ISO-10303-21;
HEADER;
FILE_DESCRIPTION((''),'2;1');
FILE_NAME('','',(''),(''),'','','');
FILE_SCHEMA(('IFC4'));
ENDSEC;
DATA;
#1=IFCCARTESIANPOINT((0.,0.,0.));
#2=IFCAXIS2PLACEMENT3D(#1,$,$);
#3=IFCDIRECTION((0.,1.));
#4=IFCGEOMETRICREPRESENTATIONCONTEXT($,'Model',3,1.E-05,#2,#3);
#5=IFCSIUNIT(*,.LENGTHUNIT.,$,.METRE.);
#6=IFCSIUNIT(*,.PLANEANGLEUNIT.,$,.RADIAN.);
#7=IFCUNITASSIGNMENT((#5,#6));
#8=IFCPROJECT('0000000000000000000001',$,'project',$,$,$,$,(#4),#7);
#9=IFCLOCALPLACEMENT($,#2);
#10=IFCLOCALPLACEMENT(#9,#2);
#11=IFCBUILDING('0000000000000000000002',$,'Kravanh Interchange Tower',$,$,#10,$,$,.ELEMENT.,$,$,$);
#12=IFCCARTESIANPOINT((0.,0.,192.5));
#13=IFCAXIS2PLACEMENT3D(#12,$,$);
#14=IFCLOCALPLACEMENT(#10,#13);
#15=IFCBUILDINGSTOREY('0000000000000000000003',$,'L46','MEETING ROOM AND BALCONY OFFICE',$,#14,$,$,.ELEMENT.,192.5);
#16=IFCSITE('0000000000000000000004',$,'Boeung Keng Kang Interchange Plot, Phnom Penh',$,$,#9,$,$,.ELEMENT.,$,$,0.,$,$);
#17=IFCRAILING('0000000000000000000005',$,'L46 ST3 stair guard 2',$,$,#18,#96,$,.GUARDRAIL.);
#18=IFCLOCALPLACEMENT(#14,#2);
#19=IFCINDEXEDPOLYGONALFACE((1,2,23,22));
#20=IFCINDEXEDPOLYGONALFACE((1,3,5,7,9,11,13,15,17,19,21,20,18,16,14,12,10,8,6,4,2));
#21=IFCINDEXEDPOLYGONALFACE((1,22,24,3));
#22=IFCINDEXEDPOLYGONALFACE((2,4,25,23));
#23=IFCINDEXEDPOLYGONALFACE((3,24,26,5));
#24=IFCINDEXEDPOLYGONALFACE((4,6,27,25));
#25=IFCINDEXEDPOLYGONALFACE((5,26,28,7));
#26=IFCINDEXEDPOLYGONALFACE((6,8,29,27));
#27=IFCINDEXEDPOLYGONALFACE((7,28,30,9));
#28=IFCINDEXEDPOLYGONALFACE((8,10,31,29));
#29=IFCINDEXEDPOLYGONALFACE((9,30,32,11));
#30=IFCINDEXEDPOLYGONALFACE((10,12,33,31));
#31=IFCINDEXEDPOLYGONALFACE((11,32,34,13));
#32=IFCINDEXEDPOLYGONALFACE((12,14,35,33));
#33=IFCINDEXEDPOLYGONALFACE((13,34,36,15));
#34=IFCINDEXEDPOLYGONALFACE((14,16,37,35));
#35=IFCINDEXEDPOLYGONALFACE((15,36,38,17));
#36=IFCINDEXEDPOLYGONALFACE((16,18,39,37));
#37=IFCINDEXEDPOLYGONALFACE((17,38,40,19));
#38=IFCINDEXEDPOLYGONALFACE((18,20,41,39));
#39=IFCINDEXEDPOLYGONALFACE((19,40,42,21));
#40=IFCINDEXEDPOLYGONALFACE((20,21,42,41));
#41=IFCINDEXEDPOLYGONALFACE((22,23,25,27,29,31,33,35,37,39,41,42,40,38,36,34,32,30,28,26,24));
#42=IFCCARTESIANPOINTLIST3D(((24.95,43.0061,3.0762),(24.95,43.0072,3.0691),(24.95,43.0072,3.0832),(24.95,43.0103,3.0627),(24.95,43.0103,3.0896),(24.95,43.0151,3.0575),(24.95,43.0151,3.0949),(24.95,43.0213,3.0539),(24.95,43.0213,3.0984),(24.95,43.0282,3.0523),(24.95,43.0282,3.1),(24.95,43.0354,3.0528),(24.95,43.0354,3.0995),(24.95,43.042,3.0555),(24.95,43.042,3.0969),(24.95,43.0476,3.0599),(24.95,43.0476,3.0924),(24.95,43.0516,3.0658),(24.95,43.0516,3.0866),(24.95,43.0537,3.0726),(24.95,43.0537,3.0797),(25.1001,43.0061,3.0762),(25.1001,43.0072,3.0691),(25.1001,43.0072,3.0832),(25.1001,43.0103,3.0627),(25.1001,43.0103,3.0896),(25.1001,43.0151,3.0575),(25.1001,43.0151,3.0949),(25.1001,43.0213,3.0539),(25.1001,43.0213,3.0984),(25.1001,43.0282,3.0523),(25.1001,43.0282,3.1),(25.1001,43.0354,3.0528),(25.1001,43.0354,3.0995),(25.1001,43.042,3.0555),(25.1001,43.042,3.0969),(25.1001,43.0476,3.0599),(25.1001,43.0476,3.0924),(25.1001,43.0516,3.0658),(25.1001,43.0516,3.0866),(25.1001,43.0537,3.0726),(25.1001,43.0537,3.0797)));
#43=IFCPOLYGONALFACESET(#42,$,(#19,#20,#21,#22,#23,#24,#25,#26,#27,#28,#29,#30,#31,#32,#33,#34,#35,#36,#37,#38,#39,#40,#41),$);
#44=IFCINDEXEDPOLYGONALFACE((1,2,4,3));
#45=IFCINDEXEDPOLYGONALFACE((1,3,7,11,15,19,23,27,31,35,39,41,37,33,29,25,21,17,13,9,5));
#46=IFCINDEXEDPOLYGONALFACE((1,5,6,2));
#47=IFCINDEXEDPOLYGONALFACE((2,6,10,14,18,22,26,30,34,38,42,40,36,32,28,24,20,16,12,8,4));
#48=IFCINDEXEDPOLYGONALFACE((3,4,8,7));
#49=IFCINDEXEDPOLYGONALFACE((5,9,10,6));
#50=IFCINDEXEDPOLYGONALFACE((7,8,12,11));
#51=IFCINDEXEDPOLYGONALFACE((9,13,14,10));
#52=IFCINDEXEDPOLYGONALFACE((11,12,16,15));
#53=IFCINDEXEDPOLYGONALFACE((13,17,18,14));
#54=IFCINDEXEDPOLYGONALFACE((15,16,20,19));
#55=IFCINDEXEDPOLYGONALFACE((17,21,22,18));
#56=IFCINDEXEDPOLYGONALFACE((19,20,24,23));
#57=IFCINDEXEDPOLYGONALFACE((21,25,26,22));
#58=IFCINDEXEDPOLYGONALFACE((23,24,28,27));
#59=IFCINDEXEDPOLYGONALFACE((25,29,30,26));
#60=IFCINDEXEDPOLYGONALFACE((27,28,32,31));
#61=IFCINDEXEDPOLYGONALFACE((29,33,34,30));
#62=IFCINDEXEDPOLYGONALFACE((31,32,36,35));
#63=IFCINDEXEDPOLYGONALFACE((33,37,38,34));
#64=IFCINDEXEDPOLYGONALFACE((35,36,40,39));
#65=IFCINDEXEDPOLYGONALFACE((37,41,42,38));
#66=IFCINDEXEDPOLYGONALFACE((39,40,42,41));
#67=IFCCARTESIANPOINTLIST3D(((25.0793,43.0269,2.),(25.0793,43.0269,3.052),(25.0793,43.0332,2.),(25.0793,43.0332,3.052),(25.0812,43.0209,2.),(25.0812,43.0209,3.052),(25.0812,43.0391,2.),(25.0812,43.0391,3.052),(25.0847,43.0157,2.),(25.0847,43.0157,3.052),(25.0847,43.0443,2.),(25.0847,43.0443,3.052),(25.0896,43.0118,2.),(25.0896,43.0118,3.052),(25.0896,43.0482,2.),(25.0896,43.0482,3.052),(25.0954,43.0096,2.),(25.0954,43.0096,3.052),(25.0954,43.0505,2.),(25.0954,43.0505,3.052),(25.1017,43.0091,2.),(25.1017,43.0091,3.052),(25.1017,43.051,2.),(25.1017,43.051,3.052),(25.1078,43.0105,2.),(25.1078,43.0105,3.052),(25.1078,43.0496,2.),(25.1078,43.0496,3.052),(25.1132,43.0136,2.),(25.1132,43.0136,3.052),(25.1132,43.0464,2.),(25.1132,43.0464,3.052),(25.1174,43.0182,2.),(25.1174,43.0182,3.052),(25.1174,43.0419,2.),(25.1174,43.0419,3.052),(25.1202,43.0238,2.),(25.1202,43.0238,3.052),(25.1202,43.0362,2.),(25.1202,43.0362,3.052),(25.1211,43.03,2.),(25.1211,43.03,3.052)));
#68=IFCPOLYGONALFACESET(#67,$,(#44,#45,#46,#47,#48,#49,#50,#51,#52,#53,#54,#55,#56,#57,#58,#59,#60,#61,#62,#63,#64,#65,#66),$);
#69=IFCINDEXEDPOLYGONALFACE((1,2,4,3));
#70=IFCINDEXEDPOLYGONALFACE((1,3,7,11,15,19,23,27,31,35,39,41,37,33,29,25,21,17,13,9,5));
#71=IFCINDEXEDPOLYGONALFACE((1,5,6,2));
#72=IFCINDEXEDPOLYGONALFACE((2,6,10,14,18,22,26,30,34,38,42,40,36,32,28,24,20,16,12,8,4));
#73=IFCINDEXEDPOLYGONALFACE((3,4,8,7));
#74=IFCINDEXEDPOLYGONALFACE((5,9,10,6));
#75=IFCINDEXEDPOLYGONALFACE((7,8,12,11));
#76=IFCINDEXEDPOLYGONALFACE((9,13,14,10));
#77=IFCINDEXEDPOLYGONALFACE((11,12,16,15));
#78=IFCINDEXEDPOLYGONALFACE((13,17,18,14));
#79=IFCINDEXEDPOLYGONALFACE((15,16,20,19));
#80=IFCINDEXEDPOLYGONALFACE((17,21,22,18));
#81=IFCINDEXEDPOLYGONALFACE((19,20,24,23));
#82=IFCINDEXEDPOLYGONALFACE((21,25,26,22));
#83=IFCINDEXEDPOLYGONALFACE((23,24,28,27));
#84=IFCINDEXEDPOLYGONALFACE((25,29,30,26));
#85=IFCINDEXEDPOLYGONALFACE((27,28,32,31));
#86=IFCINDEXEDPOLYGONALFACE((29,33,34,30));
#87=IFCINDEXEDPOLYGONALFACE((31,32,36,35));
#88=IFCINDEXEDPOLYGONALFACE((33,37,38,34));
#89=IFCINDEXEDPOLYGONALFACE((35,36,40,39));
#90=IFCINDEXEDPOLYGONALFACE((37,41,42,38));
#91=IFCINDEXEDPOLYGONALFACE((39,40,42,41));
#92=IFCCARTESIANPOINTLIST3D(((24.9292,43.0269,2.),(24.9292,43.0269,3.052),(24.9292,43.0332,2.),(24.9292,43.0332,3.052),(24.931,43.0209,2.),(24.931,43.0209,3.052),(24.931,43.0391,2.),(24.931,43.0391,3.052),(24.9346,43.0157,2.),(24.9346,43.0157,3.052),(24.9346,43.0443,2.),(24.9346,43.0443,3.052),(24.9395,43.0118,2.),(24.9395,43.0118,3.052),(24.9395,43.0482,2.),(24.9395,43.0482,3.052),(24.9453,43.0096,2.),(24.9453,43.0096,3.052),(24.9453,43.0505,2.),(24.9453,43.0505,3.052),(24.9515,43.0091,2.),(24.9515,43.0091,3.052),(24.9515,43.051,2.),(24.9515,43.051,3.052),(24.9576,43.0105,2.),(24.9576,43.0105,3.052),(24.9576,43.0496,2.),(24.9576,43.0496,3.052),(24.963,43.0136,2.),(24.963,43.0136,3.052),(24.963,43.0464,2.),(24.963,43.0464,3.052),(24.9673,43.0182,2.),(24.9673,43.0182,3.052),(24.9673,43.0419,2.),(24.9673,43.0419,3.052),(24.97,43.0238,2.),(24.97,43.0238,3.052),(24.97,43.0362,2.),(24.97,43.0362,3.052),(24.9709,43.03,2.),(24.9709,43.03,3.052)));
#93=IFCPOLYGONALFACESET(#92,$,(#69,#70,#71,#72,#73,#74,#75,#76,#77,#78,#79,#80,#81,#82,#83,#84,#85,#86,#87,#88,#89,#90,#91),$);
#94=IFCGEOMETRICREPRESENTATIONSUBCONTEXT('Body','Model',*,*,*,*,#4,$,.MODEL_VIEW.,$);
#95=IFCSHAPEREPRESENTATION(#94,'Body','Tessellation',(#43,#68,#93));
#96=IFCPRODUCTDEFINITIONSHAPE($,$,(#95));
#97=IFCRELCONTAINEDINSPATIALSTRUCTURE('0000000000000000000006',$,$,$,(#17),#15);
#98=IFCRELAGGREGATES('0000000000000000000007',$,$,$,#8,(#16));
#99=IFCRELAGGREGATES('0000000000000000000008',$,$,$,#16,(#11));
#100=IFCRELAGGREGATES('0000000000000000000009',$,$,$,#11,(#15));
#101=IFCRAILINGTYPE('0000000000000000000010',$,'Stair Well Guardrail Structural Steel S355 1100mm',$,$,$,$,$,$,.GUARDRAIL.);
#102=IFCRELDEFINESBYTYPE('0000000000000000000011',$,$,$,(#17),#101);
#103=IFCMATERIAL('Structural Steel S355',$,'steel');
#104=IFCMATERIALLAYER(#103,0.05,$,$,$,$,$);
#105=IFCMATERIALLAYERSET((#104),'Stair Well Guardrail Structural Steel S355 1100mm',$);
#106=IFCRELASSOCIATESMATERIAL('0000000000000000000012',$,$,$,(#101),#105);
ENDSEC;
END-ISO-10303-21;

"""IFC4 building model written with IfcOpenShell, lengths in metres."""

from ifc_helpers import new_model, si_unit, direction, frame, origin, origin_2d, place, context, subcontext, project, spatial, circle, extrude, material, layer, layer_set, type_object, element, save


model = new_model("IFC4")

# Units and contexts
model_context = context("Model", 3, precision=1e-05, world=origin(), true_north=direction((0.0, 1.0)))
body_context = subcontext(model_context, "Body", "Model", "MODEL_VIEW")
ifc_project = project(units=[si_unit("LENGTHUNIT", "METRE"), si_unit("PLANEANGLEUNIT", "RADIAN")], contexts=[model_context])

# Site, building, storey
site_placement = place(None, origin())
site = spatial("IfcSite", under=ifc_project, at=site_placement, Name="Boeung Keng Kang Interchange Plot, Phnom Penh", CompositionType="ELEMENT", RefElevation=0.0)
building_placement = place(site_placement, origin())
building = spatial("IfcBuilding", under=site, at=building_placement, Name="Kravanh Interchange Tower", CompositionType="ELEMENT")
storey_placement = place(building_placement, frame((0.0, 0.0, 192.5)))
storey = spatial("IfcBuildingStorey", under=building, at=storey_placement, Name="L46", Description="MEETING ROOM AND BALCONY OFFICE", CompositionType="ELEMENT", Elevation=192.5)

# Railing
ifc_material_1 = material(Name="Structural Steel S355", Category="steel")
ifc_layer_1 = layer(ifc_material_1, 0.05)
ifc_layer_set_1 = layer_set([ifc_layer_1], Name="Stair Well Guardrail Structural Steel S355 1100mm")
railing_type_1 = type_object("IfcRailingType", Name="Stair Well Guardrail Structural Steel S355 1100mm", PredefinedType="GUARDRAIL", material=ifc_layer_set_1)
railing_1_placement = place(storey_placement, frame((25.1001, 43.03, 2.0)))
element("IfcRailing", 1, at=railing_1_placement, inside=storey, type_object=railing_type_1, Name="L46 ST3 stair guard 2", PredefinedType="GUARDRAIL", context=body_context, shape_type="SweptSolid", body=[
    extrude(circle(Radius=0.0239, at=origin_2d()), frame((0.0, 0.0, 1.0762), z_axis=(-1.0, 0.0, 0.0), x_axis=(0.0, -1.0, 0.0)), (0.0, 0.0, 1.0), 0.1501),
    extrude(circle(Radius=0.021, at=origin_2d()), origin(), (0.0, 0.0, 1.0), 1.052),
    extrude(circle(Radius=0.021, at=origin_2d()), frame((-0.1501, 0.0, 0.0)), (0.0, 0.0, 1.0), 1.052),
])

save(model, "model.ifc")
